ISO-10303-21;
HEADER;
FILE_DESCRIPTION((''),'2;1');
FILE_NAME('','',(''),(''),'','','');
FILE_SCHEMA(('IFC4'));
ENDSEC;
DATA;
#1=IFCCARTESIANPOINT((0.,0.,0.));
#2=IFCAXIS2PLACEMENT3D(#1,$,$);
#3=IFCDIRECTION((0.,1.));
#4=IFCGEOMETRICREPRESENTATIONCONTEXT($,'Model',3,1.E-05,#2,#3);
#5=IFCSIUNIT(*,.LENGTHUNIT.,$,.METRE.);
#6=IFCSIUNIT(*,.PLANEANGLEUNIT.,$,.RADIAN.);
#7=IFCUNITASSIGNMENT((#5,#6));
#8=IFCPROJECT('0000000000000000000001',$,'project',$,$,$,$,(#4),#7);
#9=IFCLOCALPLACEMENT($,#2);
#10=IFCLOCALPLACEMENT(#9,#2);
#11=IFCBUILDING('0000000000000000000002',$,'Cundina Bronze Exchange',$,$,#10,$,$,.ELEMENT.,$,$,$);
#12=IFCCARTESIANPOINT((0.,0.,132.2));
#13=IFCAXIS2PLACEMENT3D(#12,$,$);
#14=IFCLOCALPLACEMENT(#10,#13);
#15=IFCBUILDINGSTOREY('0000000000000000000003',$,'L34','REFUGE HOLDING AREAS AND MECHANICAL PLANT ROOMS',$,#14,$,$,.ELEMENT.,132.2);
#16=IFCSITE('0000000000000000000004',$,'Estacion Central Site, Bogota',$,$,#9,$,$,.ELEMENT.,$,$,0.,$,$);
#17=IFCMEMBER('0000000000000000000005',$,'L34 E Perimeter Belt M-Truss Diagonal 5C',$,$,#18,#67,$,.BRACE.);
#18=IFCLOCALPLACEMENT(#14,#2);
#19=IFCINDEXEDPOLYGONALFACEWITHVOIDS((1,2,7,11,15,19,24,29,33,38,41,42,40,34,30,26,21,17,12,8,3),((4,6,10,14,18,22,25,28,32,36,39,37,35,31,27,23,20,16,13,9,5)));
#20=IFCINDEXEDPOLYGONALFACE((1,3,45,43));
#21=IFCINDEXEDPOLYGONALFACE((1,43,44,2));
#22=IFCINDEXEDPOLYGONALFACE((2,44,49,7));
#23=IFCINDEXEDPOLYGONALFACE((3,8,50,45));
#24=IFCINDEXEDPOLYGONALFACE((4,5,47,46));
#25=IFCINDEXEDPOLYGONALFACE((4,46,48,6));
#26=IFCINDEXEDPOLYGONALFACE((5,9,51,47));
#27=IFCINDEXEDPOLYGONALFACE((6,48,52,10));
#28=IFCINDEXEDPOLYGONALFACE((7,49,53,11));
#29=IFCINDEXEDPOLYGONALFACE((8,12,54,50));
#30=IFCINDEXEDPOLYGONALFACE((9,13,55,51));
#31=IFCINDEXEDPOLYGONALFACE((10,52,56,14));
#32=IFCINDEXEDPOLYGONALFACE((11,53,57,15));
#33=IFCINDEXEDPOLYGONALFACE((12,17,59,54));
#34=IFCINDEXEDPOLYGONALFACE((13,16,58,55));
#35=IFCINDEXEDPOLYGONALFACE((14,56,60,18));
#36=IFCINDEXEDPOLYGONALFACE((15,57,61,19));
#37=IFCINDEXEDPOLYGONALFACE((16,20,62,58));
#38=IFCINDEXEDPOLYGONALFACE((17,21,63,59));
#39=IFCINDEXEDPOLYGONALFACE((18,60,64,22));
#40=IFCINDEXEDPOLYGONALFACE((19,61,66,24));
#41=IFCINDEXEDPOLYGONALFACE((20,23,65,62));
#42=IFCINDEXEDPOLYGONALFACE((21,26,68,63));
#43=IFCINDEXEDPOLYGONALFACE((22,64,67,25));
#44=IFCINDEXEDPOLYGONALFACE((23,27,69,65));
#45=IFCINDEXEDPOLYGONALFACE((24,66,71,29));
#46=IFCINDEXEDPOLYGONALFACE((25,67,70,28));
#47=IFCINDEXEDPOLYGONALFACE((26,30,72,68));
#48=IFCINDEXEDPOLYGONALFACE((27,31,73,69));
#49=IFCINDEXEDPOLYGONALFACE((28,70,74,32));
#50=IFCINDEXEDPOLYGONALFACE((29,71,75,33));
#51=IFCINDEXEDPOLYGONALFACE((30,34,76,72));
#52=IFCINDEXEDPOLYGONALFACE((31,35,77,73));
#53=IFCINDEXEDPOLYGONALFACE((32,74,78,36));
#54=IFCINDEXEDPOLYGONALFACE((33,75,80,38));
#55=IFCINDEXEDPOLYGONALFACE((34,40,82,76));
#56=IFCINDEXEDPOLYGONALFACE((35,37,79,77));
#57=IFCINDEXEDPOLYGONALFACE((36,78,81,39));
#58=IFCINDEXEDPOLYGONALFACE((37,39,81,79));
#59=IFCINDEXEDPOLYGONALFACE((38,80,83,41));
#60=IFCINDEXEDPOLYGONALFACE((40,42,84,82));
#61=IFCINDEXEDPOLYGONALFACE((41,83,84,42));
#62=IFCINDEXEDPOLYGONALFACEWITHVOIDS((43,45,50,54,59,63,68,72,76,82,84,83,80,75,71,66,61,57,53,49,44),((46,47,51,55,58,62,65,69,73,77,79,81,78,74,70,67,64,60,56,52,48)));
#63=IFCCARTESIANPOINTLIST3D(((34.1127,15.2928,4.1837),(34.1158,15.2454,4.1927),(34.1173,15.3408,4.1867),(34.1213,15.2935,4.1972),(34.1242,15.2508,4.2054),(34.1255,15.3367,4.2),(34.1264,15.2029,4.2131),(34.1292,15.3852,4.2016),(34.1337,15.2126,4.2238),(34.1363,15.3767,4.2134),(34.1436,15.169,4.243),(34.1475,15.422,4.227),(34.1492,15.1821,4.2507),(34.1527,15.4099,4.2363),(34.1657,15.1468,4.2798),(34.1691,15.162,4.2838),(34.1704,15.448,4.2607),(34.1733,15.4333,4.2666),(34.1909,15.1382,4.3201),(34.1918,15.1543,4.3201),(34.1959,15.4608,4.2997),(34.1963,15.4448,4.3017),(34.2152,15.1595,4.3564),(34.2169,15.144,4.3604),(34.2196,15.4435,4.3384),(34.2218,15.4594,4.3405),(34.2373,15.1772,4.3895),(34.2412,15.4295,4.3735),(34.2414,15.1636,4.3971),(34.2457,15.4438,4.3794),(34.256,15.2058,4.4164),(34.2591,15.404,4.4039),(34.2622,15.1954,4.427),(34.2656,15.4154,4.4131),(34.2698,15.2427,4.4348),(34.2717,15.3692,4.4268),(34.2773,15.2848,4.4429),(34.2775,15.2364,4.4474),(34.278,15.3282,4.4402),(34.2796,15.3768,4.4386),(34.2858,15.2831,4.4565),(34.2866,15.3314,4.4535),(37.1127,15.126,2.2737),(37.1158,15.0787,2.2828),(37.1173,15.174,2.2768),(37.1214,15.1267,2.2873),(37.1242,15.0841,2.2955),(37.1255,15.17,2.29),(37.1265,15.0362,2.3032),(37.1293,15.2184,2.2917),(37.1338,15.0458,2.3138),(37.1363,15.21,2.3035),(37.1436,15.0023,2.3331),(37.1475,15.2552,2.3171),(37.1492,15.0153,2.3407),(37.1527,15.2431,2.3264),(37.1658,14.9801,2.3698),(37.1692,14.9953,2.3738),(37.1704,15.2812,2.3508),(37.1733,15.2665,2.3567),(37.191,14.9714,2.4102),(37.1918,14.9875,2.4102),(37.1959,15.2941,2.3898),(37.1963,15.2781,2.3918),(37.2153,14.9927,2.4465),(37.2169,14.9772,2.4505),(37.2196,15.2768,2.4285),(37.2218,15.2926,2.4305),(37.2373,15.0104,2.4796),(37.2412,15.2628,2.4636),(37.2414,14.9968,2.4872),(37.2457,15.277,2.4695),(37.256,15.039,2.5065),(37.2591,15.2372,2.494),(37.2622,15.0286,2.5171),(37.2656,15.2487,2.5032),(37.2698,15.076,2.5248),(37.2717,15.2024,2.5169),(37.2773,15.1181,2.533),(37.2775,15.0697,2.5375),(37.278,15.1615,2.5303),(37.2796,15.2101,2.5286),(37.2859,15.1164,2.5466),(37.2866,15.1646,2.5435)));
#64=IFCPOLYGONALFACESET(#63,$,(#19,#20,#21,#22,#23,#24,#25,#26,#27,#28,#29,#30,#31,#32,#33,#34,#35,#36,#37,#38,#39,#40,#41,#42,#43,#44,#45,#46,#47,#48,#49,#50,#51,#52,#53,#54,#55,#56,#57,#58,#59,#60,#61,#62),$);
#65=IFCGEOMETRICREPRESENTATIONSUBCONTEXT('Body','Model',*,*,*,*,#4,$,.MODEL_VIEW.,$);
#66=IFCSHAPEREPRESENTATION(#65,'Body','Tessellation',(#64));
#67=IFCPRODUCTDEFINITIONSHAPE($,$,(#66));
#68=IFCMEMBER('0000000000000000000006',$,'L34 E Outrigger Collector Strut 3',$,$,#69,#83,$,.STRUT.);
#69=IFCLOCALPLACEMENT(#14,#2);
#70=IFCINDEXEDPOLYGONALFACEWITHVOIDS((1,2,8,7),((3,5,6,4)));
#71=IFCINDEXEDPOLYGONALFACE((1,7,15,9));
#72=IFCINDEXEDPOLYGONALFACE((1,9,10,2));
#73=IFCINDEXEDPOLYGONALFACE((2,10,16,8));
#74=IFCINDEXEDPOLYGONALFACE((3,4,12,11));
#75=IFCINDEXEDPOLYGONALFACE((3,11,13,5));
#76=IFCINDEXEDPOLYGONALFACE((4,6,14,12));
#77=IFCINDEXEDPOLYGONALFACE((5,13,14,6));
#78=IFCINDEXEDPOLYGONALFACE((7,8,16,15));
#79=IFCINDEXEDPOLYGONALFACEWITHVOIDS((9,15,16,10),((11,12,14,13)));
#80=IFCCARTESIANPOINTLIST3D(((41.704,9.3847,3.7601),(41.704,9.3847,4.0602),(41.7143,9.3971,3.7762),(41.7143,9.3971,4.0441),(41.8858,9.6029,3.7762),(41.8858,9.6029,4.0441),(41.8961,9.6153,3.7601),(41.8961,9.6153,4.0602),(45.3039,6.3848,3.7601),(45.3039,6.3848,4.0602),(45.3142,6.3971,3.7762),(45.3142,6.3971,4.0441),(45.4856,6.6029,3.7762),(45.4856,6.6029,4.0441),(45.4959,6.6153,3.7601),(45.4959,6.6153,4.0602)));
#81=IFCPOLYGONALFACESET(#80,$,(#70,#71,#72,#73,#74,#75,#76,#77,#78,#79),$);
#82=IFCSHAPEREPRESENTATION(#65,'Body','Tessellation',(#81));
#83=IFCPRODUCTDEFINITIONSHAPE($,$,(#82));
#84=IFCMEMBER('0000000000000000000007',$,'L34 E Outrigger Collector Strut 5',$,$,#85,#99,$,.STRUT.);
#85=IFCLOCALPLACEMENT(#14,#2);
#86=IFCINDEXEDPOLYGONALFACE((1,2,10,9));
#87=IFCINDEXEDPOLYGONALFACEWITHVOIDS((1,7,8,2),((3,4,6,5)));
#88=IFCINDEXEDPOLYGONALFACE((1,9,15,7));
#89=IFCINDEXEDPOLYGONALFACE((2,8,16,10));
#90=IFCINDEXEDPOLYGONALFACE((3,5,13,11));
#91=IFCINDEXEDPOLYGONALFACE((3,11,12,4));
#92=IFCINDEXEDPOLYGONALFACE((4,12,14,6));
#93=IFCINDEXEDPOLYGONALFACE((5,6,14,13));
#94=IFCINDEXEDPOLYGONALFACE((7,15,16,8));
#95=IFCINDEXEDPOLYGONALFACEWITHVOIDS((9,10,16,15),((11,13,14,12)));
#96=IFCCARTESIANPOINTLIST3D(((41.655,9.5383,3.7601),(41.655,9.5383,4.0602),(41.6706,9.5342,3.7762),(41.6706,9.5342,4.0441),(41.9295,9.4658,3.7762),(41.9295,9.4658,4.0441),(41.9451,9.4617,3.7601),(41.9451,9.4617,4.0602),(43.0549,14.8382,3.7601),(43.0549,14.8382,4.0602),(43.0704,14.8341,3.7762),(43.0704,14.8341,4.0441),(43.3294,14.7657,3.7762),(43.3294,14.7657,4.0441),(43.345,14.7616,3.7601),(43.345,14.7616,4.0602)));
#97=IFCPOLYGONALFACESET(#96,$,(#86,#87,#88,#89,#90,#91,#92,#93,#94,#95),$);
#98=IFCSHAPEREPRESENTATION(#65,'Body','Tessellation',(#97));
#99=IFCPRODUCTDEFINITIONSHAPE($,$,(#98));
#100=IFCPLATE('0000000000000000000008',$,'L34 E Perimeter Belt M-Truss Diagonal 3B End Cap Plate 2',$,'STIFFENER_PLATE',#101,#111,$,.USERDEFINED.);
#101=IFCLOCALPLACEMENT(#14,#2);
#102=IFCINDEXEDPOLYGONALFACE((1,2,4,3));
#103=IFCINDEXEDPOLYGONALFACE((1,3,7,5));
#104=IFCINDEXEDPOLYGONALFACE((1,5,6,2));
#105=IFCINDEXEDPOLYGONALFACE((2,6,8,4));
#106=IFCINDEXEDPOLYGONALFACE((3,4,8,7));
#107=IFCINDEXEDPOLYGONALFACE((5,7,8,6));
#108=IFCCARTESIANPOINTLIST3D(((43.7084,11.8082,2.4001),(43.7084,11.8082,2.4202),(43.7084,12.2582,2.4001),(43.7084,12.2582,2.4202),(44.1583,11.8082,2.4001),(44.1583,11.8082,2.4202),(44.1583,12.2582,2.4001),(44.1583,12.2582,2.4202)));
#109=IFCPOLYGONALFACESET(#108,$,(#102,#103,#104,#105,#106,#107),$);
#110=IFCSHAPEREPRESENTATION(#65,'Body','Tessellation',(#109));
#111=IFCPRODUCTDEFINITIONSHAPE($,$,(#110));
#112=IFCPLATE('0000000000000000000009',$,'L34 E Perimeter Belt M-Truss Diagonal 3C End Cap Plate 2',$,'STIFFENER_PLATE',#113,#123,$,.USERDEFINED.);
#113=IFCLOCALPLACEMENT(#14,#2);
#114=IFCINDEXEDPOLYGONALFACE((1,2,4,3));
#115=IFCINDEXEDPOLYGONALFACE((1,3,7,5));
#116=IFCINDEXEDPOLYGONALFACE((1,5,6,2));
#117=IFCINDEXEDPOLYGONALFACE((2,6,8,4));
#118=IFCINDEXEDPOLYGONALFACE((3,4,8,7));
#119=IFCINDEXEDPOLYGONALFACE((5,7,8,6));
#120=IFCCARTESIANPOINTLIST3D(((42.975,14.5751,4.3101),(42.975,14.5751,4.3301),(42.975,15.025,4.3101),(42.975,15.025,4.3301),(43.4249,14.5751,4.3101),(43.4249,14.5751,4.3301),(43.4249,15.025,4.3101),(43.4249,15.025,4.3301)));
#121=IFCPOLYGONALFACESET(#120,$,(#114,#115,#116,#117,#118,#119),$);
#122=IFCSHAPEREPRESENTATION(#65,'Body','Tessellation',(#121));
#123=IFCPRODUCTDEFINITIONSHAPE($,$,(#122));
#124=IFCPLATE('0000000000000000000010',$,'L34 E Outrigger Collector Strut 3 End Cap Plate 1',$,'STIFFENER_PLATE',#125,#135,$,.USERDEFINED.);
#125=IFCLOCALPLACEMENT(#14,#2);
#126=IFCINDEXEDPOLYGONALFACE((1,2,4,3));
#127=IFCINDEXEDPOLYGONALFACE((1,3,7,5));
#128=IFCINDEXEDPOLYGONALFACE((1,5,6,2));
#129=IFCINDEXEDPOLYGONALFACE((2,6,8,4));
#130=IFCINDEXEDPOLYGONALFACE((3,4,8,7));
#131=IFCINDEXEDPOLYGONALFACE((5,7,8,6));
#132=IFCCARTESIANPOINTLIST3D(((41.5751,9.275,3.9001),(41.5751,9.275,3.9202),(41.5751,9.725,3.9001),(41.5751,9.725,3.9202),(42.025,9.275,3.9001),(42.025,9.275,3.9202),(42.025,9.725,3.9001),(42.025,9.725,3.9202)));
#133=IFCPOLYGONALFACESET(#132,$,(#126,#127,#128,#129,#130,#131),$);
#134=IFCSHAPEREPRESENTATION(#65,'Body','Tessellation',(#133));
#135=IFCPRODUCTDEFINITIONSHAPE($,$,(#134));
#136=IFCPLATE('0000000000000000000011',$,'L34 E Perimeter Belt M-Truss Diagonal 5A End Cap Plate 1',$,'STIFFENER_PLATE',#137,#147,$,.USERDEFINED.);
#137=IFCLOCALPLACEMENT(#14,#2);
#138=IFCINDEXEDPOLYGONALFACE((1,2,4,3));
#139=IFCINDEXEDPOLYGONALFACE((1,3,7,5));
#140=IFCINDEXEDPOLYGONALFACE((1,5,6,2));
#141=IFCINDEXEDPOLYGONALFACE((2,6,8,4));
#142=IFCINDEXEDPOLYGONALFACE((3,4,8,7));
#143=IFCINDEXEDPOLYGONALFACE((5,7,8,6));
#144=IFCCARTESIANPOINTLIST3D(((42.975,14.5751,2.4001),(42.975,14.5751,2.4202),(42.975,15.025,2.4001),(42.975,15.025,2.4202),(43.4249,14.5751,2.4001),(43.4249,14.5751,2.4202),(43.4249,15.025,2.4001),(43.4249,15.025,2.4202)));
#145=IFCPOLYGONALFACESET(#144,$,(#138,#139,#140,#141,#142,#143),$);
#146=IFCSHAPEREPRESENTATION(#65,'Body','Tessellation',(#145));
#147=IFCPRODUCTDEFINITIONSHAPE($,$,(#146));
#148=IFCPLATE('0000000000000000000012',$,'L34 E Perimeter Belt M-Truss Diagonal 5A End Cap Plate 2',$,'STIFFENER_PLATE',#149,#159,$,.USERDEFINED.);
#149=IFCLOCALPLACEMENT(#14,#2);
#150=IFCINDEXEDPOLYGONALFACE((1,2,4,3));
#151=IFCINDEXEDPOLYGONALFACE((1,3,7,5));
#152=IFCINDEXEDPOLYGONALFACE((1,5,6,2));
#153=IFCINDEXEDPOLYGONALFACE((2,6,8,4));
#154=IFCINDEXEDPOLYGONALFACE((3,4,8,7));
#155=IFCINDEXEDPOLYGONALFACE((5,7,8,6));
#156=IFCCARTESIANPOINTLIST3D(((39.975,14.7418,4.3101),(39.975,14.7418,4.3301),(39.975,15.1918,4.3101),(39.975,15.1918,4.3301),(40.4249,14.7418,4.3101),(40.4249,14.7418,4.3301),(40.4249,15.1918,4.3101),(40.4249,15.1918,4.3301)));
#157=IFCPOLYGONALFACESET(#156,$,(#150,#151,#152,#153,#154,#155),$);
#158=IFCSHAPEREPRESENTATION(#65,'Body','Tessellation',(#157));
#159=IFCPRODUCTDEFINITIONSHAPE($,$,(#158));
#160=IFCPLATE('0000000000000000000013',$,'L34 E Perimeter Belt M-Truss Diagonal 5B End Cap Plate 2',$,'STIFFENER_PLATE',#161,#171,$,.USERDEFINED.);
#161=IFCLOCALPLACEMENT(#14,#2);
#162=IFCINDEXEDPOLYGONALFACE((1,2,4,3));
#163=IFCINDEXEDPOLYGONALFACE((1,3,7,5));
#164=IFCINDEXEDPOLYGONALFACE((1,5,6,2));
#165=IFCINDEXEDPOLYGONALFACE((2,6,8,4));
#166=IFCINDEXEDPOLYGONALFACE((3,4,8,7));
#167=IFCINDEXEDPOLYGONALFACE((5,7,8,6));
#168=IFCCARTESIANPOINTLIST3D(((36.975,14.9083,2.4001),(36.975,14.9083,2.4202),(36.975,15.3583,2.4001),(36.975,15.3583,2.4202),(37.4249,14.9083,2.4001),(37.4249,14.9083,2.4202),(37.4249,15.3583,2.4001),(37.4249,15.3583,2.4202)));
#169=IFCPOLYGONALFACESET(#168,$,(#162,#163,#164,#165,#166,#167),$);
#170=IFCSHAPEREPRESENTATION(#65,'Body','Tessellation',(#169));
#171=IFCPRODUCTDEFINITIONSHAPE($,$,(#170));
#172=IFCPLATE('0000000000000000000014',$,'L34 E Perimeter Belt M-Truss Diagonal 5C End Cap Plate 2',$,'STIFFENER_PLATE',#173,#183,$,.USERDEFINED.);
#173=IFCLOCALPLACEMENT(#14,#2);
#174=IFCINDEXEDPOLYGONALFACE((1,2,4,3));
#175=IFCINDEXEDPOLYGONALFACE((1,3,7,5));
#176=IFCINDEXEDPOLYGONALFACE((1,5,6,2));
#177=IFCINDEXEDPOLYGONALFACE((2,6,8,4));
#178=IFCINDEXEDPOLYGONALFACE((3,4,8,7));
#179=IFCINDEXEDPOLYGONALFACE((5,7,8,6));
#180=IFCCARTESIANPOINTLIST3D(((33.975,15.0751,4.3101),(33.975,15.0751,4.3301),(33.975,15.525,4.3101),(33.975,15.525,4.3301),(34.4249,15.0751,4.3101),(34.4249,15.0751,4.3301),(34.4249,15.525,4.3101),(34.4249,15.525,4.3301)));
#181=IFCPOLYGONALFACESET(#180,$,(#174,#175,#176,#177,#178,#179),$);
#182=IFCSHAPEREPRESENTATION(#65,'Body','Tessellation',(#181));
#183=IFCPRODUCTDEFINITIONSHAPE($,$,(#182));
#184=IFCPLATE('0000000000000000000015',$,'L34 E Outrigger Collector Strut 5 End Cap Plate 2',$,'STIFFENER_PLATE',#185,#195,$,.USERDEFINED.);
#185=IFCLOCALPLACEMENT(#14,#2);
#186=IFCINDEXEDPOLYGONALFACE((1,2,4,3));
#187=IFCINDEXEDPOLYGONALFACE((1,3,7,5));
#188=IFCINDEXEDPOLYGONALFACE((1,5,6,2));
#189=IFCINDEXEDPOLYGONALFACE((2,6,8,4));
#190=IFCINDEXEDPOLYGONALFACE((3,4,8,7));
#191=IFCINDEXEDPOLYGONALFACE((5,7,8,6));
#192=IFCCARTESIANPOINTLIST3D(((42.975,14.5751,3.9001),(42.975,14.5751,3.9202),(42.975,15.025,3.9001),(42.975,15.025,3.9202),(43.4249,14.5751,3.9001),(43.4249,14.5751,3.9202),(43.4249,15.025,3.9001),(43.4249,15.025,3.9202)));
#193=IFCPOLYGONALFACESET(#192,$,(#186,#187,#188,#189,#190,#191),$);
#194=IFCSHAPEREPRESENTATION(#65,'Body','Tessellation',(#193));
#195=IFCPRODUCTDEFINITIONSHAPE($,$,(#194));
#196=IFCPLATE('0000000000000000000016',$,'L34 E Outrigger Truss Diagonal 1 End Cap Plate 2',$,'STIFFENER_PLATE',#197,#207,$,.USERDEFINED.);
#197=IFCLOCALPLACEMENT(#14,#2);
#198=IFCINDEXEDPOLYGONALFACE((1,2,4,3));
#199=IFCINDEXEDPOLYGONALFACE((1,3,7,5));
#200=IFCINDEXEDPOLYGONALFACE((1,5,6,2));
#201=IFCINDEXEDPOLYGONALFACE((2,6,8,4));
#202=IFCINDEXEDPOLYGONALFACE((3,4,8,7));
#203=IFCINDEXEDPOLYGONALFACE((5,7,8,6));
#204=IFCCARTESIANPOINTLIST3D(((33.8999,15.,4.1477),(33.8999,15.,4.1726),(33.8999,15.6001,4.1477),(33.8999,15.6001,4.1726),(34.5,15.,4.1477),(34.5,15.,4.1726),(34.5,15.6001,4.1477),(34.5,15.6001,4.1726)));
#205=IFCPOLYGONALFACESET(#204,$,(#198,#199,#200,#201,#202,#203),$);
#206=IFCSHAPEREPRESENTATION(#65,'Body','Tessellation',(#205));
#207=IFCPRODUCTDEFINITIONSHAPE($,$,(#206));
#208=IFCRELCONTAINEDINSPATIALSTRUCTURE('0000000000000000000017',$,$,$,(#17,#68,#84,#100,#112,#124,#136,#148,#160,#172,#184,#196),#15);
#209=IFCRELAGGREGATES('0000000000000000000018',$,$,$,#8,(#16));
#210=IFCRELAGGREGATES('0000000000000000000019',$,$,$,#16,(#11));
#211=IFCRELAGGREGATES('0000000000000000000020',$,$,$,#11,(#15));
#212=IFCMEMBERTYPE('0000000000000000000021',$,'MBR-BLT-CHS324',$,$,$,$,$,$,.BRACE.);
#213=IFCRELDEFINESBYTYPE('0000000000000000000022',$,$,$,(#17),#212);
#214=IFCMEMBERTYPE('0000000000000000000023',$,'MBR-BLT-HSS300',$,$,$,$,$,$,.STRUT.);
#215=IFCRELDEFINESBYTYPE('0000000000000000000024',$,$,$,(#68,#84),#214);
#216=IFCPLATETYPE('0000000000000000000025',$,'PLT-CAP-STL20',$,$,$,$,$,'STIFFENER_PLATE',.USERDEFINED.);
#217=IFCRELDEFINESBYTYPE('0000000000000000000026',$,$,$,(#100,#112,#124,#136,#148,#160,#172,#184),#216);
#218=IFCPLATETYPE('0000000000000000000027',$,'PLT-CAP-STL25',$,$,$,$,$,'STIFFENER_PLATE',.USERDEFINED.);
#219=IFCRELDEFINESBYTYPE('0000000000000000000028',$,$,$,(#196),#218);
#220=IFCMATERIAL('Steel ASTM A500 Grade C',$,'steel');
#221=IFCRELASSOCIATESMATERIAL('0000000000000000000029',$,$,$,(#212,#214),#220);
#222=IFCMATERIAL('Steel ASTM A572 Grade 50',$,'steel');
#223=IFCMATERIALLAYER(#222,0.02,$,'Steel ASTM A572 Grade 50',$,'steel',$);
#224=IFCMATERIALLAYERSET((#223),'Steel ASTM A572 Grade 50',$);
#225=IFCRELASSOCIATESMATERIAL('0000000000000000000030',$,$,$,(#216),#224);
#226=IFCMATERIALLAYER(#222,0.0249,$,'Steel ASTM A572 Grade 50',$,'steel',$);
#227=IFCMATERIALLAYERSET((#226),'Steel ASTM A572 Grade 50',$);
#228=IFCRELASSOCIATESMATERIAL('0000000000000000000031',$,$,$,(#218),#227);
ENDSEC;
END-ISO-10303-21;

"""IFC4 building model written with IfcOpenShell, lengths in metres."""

from ifc_helpers import new_model, si_unit, direction, frame, origin, origin_2d, place, context, subcontext, project, spatial, rectangle, hollow_rectangle, hollow_circle, extrude, material, layer, layer_set, material_profile, profile_set, type_object, element, save


model = new_model("IFC4")

# Units and contexts
model_context = context("Model", 3, precision=1e-05, world=origin(), true_north=direction((0.0, 1.0)))
body_context = subcontext(model_context, "Body", "Model", "MODEL_VIEW")
ifc_project = project(units=[si_unit("LENGTHUNIT", "METRE"), si_unit("PLANEANGLEUNIT", "RADIAN")], contexts=[model_context])

# Site, building, storey
site_placement = place(None, origin())
site = spatial("IfcSite", under=ifc_project, at=site_placement, Name="Estacion Central Site, Bogota", CompositionType="ELEMENT", RefElevation=0.0)
building_placement = place(site_placement, origin())
building = spatial("IfcBuilding", under=site, at=building_placement, Name="Cundina Bronze Exchange", CompositionType="ELEMENT")
storey_placement = place(building_placement, frame((0.0, 0.0, 132.2)))
storey = spatial("IfcBuildingStorey", under=building, at=storey_placement, Name="L34", Description="REFUGE HOLDING AREAS AND MECHANICAL PLANT ROOMS", CompositionType="ELEMENT", Elevation=132.2)

# Members
ifc_material_1 = material(Name="Steel ASTM A500 Grade C", Category="steel")
ifc_material_profile_1 = material_profile(ifc_material_1, hollow_circle(Radius=0.1621, WallThickness=0.0161, at=origin_2d()), Name="CHS324X16", Category="steel")
ifc_profile_set_1 = profile_set([ifc_material_profile_1], Name="Steel ASTM A500 Grade C")
member_type_1 = type_object("IfcMemberType", Name="MBR-BLT-CHS324", PredefinedType="BRACE", material=ifc_profile_set_1)
for number, where, z_axis, x_axis, name in (
    (1, (37.2, 15.1333, 2.4102), (-0.842631, 0.046836, 0.53645), (-0.055497, -0.998459, 0.0), "L34 E Perimeter Belt M-Truss Diagonal 5C"),
):
    element("IfcMember", number, at=place(storey_placement, frame(where, z_axis=z_axis, x_axis=x_axis)), inside=storey, type_object=member_type_1, Name=name, PredefinedType="BRACE", context=body_context, shape_type="SweptSolid", body=[
        extrude(hollow_circle(Radius=0.1621, WallThickness=0.0161, at=origin_2d()), origin(), (0.0, 0.0, 1.0), 3.5603),
    ])
ifc_material_profile_2 = material_profile(ifc_material_1, hollow_rectangle(XDim=0.3, YDim=0.3, WallThickness=0.0161, at=origin_2d()), Name="HSS300X300X16", Category="steel")
ifc_profile_set_2 = profile_set([ifc_material_profile_2], Name="Steel ASTM A500 Grade C")
member_type_2 = type_object("IfcMemberType", Name="MBR-BLT-HSS300", PredefinedType="STRUT", material=ifc_profile_set_2)
member_1_placement = place(storey_placement, frame((41.8, 9.5, 3.9102), z_axis=(0.768208, -0.6402, 0.0), x_axis=(0.6402, 0.768208, 0.0)))
element("IfcMember", 2, at=member_1_placement, inside=storey, type_object=member_type_2, Name="L34 E Outrigger Collector Strut 3", PredefinedType="STRUT", context=body_context, shape_type="SweptSolid", body=[
    extrude(hollow_rectangle(XDim=0.3, YDim=0.3, WallThickness=0.0161, at=origin_2d()), origin(), (0.0, 0.0, 1.0), 4.686),
])
member_2_placement = place(storey_placement, frame((41.8, 9.5, 3.9102), z_axis=(0.255372, 0.966843, 0.0), x_axis=(-0.966843, 0.255372, 0.0)))
element("IfcMember", 3, at=member_2_placement, inside=storey, type_object=member_type_2, Name="L34 E Outrigger Collector Strut 5", PredefinedType="STRUT", context=body_context, shape_type="SweptSolid", body=[
    extrude(hollow_rectangle(XDim=0.3, YDim=0.3, WallThickness=0.0161, at=origin_2d()), origin(), (0.0, 0.0, 1.0), 5.4817),
])

# Plates
ifc_material_2 = material(Name="Steel ASTM A572 Grade 50", Category="steel")
ifc_layer_1 = layer(ifc_material_2, 0.02, Name="Steel ASTM A572 Grade 50", Category="steel")
ifc_layer_set_1 = layer_set([ifc_layer_1], Name="Steel ASTM A572 Grade 50")
plate_type_1 = type_object("IfcPlateType", Name="PLT-CAP-STL20", ElementType="STIFFENER_PLATE", PredefinedType="USERDEFINED", material=ifc_layer_set_1)
for number, where, z_axis, x_axis, name in (
    (4, (43.9333, 12.0332, 2.4001), (0.0, 0.0, 1.0), (1.0, 0.0, 0.0), "L34 E Perimeter Belt M-Truss Diagonal 3B End Cap Plate 2"),
    (5, (43.2, 14.8, 4.3101), (0.0, 0.0, 1.0), (1.0, 0.0, 0.0), "L34 E Perimeter Belt M-Truss Diagonal 3C End Cap Plate 2"),
    (6, (41.8, 9.5, 3.9001), (0.0, 0.0, 1.0), (1.0, 0.0, 0.0), "L34 E Outrigger Collector Strut 3 End Cap Plate 1"),
    (7, (43.2, 14.8, 2.4001), (0.0, 0.0, 1.0), (1.0, 0.0, 0.0), "L34 E Perimeter Belt M-Truss Diagonal 5A End Cap Plate 1"),
    (8, (40.2, 14.9668, 4.3101), (0.0, 0.0, 1.0), (1.0, 0.0, 0.0), "L34 E Perimeter Belt M-Truss Diagonal 5A End Cap Plate 2"),
    (9, (37.2, 15.1333, 2.4001), (0.0, 0.0, 1.0), (1.0, 0.0, 0.0), "L34 E Perimeter Belt M-Truss Diagonal 5B End Cap Plate 2"),
    (10, (34.2, 15.3, 4.3101), (0.0, 0.0, 1.0), (1.0, 0.0, 0.0), "L34 E Perimeter Belt M-Truss Diagonal 5C End Cap Plate 2"),
    (11, (43.2, 14.8, 3.9001), (0.0, 0.0, 1.0), (1.0, 0.0, 0.0), "L34 E Outrigger Collector Strut 5 End Cap Plate 2"),
):
    element("IfcPlate", number, at=place(storey_placement, frame(where, z_axis=z_axis, x_axis=x_axis)), inside=storey, type_object=plate_type_1, Name=name, ObjectType="STIFFENER_PLATE", PredefinedType="USERDEFINED", context=body_context, shape_type="SweptSolid", body=[
        extrude(rectangle(XDim=0.45, YDim=0.45, at=origin_2d()), origin(), (0.0, 0.0, 1.0), 0.02),
    ])
ifc_layer_2 = layer(ifc_material_2, 0.0249, Name="Steel ASTM A572 Grade 50", Category="steel")
ifc_layer_set_2 = layer_set([ifc_layer_2], Name="Steel ASTM A572 Grade 50")
plate_type_2 = type_object("IfcPlateType", Name="PLT-CAP-STL25", ElementType="STIFFENER_PLATE", PredefinedType="USERDEFINED", material=ifc_layer_set_2)
plate_placement = place(storey_placement, frame((34.2, 15.3, 4.1477), z_axis=(0.0, 0.0, 1.0), x_axis=(1.0, 0.0, 0.0)))
element("IfcPlate", 12, at=plate_placement, inside=storey, type_object=plate_type_2, Name="L34 E Outrigger Truss Diagonal 1 End Cap Plate 2", ObjectType="STIFFENER_PLATE", PredefinedType="USERDEFINED", context=body_context, shape_type="SweptSolid", body=[
    extrude(rectangle(XDim=0.6001, YDim=0.6001, at=origin_2d()), origin(), (0.0, 0.0, 1.0), 0.0249),
])

save(model, "model.ifc")
